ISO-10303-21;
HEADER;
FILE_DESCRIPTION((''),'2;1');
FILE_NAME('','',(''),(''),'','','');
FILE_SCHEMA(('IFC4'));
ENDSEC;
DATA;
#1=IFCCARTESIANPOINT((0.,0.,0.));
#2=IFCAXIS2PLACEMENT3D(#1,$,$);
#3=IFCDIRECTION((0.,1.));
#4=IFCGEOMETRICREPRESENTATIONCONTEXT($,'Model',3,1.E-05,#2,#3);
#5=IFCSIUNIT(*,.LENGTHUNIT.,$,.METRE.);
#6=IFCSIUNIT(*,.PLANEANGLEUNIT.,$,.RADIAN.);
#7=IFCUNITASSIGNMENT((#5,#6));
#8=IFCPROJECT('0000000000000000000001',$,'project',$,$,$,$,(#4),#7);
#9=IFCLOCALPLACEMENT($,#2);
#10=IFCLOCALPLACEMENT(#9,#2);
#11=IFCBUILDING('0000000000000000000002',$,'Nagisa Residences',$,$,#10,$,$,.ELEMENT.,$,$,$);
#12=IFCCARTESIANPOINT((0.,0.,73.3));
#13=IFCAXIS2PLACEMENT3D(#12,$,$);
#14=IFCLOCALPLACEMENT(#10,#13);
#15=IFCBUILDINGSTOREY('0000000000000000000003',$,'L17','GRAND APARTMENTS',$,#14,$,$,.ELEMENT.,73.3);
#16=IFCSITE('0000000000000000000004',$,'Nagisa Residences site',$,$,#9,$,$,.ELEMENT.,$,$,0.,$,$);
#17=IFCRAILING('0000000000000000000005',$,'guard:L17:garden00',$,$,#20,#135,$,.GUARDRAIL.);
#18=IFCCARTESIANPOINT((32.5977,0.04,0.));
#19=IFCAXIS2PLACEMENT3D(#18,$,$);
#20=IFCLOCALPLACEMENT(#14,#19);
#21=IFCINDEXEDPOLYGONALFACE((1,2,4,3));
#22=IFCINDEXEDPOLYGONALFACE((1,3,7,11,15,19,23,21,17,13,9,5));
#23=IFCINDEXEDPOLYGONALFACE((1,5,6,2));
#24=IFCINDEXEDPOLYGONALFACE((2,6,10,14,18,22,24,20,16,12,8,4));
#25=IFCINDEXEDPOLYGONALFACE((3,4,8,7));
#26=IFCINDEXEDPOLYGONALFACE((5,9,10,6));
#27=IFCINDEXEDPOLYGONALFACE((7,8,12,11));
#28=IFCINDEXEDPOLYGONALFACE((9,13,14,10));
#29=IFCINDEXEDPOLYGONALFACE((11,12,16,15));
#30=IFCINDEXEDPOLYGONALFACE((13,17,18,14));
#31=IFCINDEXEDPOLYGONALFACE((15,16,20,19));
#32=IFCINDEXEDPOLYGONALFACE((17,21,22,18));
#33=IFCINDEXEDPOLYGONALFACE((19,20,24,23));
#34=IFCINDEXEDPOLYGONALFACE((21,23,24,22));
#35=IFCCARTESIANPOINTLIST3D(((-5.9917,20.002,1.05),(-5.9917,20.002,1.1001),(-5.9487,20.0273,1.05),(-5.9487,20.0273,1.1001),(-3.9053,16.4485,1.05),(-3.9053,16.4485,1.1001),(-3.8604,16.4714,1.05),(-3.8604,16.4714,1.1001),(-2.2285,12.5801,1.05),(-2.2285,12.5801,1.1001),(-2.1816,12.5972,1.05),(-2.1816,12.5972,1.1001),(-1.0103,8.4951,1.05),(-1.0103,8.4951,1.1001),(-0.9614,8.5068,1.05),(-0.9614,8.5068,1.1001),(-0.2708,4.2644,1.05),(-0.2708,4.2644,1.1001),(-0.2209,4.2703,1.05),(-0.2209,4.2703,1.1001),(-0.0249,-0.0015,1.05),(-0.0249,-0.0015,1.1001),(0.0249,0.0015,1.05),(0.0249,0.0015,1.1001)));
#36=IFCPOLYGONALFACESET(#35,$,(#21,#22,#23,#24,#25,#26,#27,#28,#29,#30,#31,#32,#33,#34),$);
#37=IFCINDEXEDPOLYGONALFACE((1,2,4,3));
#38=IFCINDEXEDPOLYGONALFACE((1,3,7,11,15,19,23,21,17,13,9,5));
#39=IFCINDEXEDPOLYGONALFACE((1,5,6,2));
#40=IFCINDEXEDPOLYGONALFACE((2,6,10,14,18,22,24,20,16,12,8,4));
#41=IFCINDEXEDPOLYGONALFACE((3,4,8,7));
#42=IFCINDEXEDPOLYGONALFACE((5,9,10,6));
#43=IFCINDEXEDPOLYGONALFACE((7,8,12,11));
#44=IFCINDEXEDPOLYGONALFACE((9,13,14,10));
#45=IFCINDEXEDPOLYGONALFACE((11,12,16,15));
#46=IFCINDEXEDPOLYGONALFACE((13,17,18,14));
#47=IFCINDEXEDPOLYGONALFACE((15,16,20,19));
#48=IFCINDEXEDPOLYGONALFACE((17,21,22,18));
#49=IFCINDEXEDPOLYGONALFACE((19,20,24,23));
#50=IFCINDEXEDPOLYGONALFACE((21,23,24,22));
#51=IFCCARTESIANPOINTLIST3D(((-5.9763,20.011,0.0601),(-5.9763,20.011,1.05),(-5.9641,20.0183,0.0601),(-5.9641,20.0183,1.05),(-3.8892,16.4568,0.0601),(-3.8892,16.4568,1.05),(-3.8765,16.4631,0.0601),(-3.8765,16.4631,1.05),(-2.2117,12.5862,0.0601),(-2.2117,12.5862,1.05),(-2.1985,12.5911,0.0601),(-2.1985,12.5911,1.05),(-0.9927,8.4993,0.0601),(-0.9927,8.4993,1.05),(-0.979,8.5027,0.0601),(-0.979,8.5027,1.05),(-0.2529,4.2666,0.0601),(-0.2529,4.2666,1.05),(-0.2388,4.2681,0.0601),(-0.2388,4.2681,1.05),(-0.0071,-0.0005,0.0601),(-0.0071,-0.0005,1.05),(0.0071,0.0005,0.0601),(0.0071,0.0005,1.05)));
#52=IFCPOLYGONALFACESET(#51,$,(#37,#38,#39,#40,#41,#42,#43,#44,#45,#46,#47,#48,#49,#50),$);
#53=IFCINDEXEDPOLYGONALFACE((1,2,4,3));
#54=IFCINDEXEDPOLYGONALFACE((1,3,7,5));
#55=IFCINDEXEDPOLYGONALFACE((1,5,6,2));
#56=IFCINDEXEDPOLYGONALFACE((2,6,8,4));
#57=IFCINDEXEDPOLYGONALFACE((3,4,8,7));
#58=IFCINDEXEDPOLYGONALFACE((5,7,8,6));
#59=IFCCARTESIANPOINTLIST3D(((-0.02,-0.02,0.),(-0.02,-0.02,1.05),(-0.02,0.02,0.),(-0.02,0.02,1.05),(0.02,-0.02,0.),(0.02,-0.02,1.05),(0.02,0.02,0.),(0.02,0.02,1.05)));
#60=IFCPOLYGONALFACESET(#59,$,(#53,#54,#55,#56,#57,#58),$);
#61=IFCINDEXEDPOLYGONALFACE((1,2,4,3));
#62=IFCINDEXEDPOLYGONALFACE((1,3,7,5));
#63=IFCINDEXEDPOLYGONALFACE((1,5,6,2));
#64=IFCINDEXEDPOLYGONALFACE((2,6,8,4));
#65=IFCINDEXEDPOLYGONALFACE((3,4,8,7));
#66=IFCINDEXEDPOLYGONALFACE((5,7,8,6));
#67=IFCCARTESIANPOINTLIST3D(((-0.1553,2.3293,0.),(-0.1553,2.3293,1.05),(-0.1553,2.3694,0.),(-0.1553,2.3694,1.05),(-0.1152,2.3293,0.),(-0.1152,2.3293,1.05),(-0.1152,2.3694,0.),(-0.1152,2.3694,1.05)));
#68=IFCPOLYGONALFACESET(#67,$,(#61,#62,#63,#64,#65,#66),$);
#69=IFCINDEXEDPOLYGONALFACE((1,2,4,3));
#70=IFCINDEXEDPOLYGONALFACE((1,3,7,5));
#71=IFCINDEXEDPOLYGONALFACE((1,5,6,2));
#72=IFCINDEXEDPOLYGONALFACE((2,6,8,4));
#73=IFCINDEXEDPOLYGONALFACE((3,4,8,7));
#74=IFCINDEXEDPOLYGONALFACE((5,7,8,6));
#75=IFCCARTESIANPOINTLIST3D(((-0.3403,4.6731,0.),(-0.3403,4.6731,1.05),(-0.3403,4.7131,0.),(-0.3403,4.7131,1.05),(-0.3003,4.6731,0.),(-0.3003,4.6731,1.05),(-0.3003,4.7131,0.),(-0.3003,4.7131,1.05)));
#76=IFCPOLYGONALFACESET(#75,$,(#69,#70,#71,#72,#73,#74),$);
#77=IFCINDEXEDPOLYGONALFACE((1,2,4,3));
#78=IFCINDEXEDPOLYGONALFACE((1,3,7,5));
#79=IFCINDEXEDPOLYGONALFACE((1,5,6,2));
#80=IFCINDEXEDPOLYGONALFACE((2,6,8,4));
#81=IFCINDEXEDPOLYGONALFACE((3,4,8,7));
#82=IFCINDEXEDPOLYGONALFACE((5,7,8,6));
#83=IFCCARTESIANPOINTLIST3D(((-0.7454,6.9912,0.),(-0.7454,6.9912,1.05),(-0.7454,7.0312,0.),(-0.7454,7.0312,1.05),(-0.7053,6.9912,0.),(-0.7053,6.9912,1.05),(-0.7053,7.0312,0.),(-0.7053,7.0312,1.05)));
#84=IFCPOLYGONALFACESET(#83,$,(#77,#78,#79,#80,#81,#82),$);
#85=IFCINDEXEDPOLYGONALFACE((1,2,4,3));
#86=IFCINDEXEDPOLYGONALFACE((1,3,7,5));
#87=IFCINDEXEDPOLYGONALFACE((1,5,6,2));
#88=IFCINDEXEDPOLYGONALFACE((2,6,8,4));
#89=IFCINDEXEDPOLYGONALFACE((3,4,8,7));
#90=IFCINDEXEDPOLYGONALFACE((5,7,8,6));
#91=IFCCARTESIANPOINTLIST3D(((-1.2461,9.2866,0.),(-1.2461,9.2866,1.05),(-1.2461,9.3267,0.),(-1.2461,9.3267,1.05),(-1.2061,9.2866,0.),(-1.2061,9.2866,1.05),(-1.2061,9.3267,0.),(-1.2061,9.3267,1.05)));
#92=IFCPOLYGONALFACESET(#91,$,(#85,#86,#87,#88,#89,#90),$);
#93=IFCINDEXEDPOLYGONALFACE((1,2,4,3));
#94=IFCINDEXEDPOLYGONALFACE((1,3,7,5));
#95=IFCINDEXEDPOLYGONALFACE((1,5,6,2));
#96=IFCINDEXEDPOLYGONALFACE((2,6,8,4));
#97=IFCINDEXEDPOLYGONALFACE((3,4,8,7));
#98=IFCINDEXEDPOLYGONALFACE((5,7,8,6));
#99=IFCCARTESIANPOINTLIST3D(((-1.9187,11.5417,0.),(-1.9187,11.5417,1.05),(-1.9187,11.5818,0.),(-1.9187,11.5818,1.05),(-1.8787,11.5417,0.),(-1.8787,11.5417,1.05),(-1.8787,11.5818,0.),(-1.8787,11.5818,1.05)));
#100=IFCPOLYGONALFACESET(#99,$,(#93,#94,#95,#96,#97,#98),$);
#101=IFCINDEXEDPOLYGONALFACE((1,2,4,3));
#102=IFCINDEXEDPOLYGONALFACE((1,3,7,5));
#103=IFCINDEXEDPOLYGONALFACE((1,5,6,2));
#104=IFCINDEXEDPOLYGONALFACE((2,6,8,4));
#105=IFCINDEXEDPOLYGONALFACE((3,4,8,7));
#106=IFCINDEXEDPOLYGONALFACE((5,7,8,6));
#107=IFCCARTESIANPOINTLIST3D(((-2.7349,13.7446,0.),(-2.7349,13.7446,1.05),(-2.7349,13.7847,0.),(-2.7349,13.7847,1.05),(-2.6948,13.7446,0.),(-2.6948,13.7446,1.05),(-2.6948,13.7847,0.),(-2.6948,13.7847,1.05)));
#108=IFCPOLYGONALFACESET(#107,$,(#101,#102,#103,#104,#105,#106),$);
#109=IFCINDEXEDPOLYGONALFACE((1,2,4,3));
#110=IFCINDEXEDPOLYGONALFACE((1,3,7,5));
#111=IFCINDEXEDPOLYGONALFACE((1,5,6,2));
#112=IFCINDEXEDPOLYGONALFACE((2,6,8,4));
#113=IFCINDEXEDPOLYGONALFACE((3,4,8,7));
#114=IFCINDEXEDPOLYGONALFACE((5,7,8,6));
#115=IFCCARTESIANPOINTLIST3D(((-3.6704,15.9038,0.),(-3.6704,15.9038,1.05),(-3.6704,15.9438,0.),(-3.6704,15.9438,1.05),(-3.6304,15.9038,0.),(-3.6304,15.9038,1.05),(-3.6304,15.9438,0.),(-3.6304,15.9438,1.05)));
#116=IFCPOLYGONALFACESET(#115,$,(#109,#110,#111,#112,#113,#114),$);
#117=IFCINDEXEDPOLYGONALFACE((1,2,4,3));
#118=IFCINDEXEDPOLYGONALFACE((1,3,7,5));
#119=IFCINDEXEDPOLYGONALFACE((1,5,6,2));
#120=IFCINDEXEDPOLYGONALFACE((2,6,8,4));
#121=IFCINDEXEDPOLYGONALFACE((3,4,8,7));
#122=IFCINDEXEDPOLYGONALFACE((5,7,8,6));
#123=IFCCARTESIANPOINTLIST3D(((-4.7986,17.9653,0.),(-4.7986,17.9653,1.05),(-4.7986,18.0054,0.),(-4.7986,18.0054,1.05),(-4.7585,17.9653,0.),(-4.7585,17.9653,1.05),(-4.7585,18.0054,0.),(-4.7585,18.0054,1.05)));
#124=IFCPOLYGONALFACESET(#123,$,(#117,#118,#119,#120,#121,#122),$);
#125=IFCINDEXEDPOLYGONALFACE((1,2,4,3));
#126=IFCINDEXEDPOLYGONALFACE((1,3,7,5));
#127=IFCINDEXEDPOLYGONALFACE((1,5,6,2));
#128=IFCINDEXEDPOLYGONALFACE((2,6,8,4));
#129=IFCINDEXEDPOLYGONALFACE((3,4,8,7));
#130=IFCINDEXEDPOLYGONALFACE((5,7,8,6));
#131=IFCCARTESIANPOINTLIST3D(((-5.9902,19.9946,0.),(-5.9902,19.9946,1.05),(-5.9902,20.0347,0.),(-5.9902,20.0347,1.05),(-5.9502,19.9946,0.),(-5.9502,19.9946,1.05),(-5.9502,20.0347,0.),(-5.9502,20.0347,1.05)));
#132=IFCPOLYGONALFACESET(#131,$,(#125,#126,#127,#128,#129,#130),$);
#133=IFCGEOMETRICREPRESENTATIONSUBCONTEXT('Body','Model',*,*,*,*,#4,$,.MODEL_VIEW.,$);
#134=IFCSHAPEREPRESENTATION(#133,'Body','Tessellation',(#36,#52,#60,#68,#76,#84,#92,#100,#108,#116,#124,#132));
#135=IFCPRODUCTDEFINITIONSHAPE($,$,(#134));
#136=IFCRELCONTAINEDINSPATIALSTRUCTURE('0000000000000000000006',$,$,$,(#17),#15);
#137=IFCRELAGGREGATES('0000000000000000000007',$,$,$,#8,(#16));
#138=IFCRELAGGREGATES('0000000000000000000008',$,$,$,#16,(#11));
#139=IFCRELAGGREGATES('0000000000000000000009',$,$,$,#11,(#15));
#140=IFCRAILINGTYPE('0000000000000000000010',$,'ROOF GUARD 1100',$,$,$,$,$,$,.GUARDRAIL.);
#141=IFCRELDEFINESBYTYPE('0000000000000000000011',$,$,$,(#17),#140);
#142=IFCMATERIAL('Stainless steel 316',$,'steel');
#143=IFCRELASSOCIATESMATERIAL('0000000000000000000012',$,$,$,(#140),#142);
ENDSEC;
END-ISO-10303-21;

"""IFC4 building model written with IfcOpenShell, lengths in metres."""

from ifc_helpers import new_model, si_unit, direction, frame, origin, origin_2d, place, context, subcontext, project, spatial, polyline, rectangle, outline, extrude, material, type_object, element, save


model = new_model("IFC4")

# Units and contexts
model_context = context("Model", 3, precision=1e-05, world=origin(), true_north=direction((0.0, 1.0)))
body_context = subcontext(model_context, "Body", "Model", "MODEL_VIEW")
ifc_project = project(units=[si_unit("LENGTHUNIT", "METRE"), si_unit("PLANEANGLEUNIT", "RADIAN")], contexts=[model_context])

# Site, building, storey
site_placement = place(None, origin())
site = spatial("IfcSite", under=ifc_project, at=site_placement, Name="Nagisa Residences site", CompositionType="ELEMENT", RefElevation=0.0)
building_placement = place(site_placement, origin())
building = spatial("IfcBuilding", under=site, at=building_placement, Name="Nagisa Residences", CompositionType="ELEMENT")
storey_placement = place(building_placement, frame((0.0, 0.0, 73.3)))
storey = spatial("IfcBuildingStorey", under=building, at=storey_placement, Name="L17", Description="GRAND APARTMENTS", CompositionType="ELEMENT", Elevation=73.3)

# Railing
ifc_material_1 = material(Name="Stainless steel 316", Category="steel")
railing_type = type_object("IfcRailingType", Name="ROOF GUARD 1100", PredefinedType="GUARDRAIL", material=ifc_material_1)
railing_placement = place(storey_placement, frame((32.5977, 0.04, 0.0)))
element("IfcRailing", 1, at=railing_placement, inside=storey, type_object=railing_type, Name="guard:L17:garden00", PredefinedType="GUARDRAIL", context=body_context, shape_type="SweptSolid", body=[
    extrude(outline(polyline([(-0.2708, 4.2644), (-0.0249, -0.0015), (0.0249, 0.0015), (-0.2209, 4.2703), (-0.9614, 8.5068), (-2.1816, 12.5972), (-3.8604, 16.4714), (-5.9487, 20.0273), (-5.9917, 20.002), (-3.9053, 16.4485), (-2.2285, 12.5801), (-1.0103, 8.4951), (-0.2708, 4.2644)])), frame((0.0, 0.0, 1.05)), (0.0, 0.0, 1.0), 0.05),
    extrude(outline(polyline([(-0.2529, 4.2666), (-0.0071, -0.0005), (0.0071, 0.0005), (-0.2388, 4.2681), (-0.979, 8.5027), (-2.1985, 12.5911), (-3.8765, 16.4631), (-5.9641, 20.0183), (-5.9763, 20.011), (-3.8892, 16.4568), (-2.2117, 12.5862), (-0.9927, 8.4993), (-0.2529, 4.2666)])), frame((0.0, 0.0, 0.0601)), (0.0, 0.0, 1.0), 0.99),
    extrude(rectangle(XDim=0.04, YDim=0.04, at=origin_2d()), origin(), (0.0, 0.0, 1.0), 1.05),
    extrude(rectangle(XDim=0.04, YDim=0.04, at=origin_2d()), frame((-0.1353, 2.3494, 0.0)), (0.0, 0.0, 1.0), 1.05),
    extrude(rectangle(XDim=0.04, YDim=0.04, at=origin_2d()), frame((-0.3203, 4.6931, 0.0)), (0.0, 0.0, 1.0), 1.05),
    extrude(rectangle(XDim=0.04, YDim=0.04, at=origin_2d()), frame((-0.7253, 7.0112, 0.0)), (0.0, 0.0, 1.0), 1.05),
    extrude(rectangle(XDim=0.04, YDim=0.04, at=origin_2d()), frame((-1.2261, 9.3066, 0.0)), (0.0, 0.0, 1.0), 1.05),
    extrude(rectangle(XDim=0.04, YDim=0.04, at=origin_2d()), frame((-1.8987, 11.5618, 0.0)), (0.0, 0.0, 1.0), 1.05),
    extrude(rectangle(XDim=0.04, YDim=0.04, at=origin_2d()), frame((-2.7148, 13.7646, 0.0)), (0.0, 0.0, 1.0), 1.05),
    extrude(rectangle(XDim=0.04, YDim=0.04, at=origin_2d()), frame((-3.6504, 15.9238, 0.0)), (0.0, 0.0, 1.0), 1.05),
    extrude(rectangle(XDim=0.04, YDim=0.04, at=origin_2d()), frame((-4.7786, 17.9854, 0.0)), (0.0, 0.0, 1.0), 1.05),
    extrude(rectangle(XDim=0.04, YDim=0.04, at=origin_2d()), frame((-5.9702, 20.0146, 0.0)), (0.0, 0.0, 1.0), 1.05),
])

save(model, "model.ifc")
